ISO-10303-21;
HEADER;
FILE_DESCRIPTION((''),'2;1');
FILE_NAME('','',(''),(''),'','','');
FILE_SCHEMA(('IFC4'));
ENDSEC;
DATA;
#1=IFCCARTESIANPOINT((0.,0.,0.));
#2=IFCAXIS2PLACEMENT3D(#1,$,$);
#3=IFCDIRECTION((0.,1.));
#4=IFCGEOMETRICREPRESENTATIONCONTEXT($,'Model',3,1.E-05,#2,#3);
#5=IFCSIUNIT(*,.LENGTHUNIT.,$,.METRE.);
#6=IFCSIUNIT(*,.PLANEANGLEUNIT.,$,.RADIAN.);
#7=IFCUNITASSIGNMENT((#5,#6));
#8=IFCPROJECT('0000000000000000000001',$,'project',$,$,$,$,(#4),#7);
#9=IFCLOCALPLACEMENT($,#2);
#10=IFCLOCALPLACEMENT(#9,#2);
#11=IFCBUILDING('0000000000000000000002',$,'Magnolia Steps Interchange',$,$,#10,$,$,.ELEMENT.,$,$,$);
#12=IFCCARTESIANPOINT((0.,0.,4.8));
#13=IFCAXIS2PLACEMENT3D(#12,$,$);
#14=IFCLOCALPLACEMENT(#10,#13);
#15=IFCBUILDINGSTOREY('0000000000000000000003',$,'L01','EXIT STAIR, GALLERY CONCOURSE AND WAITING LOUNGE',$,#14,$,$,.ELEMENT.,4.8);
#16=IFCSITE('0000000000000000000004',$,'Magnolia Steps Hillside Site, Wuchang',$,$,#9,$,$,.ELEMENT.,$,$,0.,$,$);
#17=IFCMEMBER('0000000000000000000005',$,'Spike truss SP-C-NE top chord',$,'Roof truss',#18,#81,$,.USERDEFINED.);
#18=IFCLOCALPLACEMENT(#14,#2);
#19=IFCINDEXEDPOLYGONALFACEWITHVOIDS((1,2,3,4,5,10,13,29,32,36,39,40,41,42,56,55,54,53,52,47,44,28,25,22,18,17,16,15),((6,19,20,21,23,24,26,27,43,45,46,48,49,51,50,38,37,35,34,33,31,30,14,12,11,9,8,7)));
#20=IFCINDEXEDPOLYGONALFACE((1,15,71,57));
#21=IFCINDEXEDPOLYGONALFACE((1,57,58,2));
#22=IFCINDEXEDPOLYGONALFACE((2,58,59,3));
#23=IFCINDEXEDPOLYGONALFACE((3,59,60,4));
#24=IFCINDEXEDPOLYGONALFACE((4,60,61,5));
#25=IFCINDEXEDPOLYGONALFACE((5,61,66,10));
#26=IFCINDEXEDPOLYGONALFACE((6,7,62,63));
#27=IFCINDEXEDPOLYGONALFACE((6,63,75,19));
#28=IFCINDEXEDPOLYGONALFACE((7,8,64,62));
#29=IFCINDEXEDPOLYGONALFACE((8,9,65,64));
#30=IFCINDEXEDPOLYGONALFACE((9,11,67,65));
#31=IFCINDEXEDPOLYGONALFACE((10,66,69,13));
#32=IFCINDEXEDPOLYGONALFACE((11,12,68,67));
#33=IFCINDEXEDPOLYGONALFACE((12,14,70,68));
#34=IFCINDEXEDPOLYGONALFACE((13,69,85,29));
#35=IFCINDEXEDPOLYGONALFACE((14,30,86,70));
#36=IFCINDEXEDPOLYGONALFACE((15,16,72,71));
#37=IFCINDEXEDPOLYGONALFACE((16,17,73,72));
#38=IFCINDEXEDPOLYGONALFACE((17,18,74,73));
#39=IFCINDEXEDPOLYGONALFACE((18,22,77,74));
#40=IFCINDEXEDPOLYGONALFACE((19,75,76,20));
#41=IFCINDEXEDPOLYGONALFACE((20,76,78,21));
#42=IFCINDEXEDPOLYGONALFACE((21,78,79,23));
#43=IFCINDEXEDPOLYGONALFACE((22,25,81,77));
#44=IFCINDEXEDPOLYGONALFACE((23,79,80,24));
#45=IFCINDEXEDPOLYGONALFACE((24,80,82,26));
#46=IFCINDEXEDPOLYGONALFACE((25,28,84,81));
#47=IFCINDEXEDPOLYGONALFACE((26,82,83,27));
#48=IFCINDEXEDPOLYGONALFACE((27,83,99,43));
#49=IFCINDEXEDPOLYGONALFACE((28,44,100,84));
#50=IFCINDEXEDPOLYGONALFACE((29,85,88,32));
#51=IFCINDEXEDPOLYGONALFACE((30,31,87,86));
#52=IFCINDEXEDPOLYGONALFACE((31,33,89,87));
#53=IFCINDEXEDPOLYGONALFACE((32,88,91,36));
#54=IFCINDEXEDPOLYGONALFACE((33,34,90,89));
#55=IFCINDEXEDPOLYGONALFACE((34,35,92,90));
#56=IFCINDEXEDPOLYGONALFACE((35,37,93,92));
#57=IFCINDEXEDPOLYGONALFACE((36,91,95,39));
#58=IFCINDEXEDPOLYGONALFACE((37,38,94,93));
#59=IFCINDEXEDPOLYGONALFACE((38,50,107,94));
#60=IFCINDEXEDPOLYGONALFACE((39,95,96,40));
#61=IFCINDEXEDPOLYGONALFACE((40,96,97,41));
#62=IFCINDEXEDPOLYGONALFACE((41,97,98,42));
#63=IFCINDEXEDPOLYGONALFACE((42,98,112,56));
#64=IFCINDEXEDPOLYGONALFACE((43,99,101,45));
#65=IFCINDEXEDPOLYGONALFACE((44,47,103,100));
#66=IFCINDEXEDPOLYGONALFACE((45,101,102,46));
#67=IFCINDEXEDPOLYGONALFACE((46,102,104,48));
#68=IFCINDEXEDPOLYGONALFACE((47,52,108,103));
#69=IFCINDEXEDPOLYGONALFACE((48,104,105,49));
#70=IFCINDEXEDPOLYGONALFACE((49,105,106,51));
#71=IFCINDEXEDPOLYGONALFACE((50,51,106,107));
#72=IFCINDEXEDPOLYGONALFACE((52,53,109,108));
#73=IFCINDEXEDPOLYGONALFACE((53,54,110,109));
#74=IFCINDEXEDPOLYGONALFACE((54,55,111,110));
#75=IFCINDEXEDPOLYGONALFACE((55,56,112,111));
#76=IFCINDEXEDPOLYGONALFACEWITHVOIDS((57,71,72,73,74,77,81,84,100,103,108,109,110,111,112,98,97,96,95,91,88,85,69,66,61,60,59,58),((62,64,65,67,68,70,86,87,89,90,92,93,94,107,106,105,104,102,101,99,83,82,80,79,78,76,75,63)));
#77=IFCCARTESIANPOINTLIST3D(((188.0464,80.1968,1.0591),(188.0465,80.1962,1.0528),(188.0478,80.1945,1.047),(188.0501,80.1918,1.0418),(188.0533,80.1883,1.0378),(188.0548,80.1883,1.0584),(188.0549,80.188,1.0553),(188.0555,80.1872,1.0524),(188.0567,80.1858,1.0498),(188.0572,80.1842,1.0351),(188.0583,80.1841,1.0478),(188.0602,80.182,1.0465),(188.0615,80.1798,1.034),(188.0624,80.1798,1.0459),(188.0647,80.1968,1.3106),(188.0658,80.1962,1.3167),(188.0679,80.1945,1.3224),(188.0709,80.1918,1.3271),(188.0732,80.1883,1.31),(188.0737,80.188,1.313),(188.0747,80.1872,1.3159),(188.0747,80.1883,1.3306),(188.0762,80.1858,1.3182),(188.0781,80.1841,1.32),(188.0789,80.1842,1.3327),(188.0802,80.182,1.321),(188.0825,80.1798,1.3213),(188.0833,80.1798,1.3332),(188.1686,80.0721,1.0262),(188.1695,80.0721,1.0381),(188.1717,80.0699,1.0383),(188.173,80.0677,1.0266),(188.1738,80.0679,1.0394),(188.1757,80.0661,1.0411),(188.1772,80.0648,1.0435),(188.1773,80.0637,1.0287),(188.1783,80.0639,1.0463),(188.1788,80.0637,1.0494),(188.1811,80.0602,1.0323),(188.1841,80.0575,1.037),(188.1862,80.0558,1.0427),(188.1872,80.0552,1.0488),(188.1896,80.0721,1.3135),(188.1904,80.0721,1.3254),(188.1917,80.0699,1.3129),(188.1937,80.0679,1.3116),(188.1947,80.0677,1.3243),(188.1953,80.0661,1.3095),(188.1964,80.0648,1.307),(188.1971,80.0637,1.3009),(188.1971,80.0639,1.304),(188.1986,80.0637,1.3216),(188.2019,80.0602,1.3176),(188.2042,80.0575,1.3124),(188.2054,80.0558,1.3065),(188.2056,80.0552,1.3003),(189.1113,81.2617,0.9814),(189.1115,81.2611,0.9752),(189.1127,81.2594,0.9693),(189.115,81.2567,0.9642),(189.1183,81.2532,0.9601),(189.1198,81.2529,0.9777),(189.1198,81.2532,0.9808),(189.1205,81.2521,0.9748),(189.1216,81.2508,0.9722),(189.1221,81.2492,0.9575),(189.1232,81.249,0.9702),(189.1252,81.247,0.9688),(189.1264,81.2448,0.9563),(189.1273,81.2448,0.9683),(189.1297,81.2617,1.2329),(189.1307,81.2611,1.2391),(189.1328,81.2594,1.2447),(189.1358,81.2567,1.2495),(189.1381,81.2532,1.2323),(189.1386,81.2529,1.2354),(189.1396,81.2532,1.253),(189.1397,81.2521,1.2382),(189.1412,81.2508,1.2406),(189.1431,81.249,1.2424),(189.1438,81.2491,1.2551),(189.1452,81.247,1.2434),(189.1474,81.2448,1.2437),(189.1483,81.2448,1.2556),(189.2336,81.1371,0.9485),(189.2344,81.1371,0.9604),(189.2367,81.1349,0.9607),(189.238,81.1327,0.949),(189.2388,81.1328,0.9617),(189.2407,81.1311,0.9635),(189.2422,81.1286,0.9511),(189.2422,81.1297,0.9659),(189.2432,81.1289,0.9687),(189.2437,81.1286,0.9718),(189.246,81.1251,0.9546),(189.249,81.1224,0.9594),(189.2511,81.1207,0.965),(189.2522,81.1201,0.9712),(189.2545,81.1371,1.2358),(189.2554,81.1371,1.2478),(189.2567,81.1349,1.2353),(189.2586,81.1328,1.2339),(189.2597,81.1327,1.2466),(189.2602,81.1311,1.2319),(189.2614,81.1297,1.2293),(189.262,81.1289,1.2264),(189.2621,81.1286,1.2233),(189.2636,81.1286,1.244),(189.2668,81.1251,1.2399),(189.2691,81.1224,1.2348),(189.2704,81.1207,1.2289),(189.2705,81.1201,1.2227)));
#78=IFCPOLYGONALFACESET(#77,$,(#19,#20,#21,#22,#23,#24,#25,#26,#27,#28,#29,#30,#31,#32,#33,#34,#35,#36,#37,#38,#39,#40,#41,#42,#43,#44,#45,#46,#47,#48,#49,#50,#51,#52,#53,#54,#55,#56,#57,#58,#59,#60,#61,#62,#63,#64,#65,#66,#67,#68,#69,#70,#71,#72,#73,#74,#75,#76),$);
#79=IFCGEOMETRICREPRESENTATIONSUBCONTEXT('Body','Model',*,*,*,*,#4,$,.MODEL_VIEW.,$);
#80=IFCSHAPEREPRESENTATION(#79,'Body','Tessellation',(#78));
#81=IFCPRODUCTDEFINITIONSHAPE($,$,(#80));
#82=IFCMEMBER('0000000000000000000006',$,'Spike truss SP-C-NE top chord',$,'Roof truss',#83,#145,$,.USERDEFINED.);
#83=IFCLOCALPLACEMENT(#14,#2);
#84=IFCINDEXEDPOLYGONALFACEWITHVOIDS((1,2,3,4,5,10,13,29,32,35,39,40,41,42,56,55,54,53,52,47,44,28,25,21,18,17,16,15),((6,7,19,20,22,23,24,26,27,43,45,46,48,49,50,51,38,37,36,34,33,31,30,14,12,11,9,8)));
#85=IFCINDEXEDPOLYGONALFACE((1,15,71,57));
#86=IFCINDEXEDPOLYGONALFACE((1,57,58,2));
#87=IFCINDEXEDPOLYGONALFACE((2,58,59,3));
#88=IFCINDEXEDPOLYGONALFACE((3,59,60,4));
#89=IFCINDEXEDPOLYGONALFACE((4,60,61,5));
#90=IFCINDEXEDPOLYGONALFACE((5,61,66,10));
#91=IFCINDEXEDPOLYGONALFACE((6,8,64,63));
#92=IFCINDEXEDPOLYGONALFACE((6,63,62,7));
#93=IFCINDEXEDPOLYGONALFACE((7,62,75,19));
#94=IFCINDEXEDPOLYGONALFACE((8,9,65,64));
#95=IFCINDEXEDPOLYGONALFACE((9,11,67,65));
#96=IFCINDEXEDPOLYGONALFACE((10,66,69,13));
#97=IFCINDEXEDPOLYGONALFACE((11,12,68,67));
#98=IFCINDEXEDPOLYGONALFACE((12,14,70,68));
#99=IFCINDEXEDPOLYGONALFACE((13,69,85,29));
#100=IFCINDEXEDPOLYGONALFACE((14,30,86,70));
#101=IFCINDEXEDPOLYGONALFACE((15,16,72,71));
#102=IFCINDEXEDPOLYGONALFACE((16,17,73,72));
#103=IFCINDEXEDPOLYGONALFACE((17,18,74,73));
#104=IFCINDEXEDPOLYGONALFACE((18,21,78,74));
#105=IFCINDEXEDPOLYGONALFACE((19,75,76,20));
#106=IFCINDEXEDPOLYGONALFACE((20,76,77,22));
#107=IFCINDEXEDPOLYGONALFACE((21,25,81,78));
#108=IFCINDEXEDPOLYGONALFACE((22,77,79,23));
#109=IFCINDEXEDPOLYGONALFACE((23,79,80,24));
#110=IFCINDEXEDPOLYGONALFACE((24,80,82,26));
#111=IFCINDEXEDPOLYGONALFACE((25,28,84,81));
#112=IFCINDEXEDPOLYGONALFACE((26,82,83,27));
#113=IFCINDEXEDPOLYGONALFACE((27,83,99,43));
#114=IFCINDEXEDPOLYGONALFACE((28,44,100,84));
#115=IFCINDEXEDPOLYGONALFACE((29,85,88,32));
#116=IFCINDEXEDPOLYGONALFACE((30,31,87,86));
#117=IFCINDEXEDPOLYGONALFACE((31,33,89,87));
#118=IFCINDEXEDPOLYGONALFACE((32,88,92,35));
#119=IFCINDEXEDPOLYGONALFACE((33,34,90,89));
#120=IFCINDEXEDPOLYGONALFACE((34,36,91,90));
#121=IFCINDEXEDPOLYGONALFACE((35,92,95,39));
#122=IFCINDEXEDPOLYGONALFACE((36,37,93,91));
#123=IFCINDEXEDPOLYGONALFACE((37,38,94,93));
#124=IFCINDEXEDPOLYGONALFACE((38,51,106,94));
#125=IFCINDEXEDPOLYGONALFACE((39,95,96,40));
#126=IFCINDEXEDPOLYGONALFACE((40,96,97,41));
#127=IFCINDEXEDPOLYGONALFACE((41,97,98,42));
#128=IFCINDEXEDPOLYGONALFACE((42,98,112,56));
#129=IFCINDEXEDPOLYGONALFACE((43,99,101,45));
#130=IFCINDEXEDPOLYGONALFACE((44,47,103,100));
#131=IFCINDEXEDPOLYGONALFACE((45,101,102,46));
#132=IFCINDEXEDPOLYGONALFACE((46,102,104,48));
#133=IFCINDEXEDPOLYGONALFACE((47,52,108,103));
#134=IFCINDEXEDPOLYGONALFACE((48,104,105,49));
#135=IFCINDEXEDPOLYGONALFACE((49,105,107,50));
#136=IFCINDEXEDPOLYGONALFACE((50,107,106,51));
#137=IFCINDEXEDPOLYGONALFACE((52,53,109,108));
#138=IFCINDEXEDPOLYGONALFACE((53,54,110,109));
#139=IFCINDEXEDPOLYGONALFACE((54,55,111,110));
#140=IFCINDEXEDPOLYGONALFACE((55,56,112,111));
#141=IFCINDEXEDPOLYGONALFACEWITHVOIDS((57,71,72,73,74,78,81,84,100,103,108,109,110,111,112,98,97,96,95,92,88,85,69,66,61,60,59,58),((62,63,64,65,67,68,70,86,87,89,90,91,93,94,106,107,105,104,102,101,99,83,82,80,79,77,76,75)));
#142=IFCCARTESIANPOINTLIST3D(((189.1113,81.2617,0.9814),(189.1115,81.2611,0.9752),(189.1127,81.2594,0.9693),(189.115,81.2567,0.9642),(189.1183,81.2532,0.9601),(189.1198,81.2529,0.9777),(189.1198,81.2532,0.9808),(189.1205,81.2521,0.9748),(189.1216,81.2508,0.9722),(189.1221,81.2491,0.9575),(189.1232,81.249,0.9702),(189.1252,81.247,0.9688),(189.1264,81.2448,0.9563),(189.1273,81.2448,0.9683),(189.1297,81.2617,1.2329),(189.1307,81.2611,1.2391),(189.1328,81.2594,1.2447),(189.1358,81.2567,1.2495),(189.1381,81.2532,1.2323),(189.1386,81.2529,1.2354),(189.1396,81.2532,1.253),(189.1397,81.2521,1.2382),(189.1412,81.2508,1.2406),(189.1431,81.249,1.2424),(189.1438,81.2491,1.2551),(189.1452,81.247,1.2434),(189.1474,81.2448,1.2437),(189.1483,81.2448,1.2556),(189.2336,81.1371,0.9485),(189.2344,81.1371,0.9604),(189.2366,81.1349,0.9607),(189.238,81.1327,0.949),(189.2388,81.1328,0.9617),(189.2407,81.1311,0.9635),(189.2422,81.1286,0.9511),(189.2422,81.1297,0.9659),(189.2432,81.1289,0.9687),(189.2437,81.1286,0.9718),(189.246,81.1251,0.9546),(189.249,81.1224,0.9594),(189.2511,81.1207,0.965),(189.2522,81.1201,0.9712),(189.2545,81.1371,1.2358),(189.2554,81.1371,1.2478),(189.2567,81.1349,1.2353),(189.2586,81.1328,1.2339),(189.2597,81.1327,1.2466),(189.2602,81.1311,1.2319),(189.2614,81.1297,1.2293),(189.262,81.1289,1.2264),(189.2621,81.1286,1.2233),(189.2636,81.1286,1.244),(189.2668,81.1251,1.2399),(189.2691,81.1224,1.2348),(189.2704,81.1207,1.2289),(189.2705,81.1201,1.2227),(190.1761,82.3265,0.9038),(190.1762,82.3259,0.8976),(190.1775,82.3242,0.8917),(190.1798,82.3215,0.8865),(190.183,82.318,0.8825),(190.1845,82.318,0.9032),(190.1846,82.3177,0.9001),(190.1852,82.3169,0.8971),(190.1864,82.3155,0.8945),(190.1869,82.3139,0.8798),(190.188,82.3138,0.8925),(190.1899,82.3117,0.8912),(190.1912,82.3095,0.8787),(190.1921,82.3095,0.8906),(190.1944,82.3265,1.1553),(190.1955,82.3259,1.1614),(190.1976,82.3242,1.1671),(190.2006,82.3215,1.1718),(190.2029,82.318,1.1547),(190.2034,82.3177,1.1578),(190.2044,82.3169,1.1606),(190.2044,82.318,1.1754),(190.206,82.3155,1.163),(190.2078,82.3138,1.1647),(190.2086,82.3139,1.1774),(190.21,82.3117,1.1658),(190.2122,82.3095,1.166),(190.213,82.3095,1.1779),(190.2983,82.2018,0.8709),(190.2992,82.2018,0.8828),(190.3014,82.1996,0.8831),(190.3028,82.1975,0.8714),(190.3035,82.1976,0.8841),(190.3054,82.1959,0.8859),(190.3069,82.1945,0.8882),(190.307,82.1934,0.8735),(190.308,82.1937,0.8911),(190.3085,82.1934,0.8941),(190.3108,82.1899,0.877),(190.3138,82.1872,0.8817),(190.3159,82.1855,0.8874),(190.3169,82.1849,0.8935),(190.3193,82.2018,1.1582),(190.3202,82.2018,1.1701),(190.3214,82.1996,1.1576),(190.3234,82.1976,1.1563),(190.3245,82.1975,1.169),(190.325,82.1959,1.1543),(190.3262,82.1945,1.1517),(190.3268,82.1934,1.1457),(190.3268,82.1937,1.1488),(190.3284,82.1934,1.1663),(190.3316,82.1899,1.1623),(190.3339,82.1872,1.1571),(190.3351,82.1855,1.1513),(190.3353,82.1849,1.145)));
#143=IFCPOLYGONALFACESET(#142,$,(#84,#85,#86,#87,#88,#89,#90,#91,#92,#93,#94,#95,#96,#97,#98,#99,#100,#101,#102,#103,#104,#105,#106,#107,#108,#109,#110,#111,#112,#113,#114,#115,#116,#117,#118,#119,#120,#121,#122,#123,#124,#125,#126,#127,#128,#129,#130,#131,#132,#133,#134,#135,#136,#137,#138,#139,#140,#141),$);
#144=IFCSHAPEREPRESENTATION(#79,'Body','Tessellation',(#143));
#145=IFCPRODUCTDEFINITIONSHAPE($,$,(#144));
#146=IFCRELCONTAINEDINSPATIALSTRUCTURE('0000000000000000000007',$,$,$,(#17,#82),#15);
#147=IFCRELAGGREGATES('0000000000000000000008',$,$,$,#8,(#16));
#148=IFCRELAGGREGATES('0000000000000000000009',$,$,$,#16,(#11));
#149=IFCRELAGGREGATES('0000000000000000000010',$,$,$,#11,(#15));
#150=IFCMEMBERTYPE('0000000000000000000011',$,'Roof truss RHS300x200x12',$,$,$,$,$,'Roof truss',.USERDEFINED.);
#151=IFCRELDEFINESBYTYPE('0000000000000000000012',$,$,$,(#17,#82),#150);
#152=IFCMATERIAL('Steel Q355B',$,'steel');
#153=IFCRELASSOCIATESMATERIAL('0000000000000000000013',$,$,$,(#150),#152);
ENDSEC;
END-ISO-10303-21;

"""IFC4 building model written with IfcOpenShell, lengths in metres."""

from ifc_helpers import new_model, si_unit, direction, frame, origin, origin_2d, place, context, subcontext, project, spatial, hollow_rectangle, extrude, material, material_profile, profile_set, type_object, element, save


model = new_model("IFC4")

# Units and contexts
model_context = context("Model", 3, precision=1e-05, world=origin(), true_north=direction((0.0, 1.0)))
body_context = subcontext(model_context, "Body", "Model", "MODEL_VIEW")
ifc_project = project(units=[si_unit("LENGTHUNIT", "METRE"), si_unit("PLANEANGLEUNIT", "RADIAN")], contexts=[model_context])

# Site, building, storey
site_placement = place(None, origin())
site = spatial("IfcSite", under=ifc_project, at=site_placement, Name="Magnolia Steps Hillside Site, Wuchang", CompositionType="ELEMENT", RefElevation=0.0)
building_placement = place(site_placement, origin())
building = spatial("IfcBuilding", under=site, at=building_placement, Name="Magnolia Steps Interchange", CompositionType="ELEMENT")
storey_placement = place(building_placement, frame((0.0, 0.0, 4.8)))
storey = spatial("IfcBuildingStorey", under=building, at=storey_placement, Name="L01", Description="EXIT STAIR, GALLERY CONCOURSE AND WAITING LOUNGE", CompositionType="ELEMENT", Elevation=4.8)

# Members
ifc_material_1 = material(Name="Steel Q355B", Category="steel")
ifc_material_profile_1 = material_profile(ifc_material_1, hollow_rectangle(XDim=0.2, YDim=0.3, WallThickness=0.012, InnerFilletRadius=0.012, OuterFilletRadius=0.0239, at=origin_2d()), Name="RHS300x200x12")
ifc_profile_set_1 = profile_set([ifc_material_profile_1], Name="Steel Q355B")
member_type_1 = type_object("IfcMemberType", Name="Roof truss RHS300x200x12", ElementType="Roof truss", PredefinedType="USERDEFINED", material=ifc_profile_set_1)
for number, where, z_axis, x_axis, name in (
    (1, (188.126, 80.126, 1.1797), (0.706169, 0.706169, -0.051481), (-0.704299, 0.708043, 0.051355), "Spike truss SP-C-NE top chord"),
):
    element("IfcMember", number, at=place(storey_placement, frame(where, z_axis=z_axis, x_axis=x_axis)), inside=storey, type_object=member_type_1, Name=name, ObjectType="Roof truss", PredefinedType="USERDEFINED", context=body_context, shape_type="SweptSolid", body=[
        extrude(hollow_rectangle(XDim=0.2, YDim=0.3, WallThickness=0.012, InnerFilletRadius=0.012, OuterFilletRadius=0.0239, at=origin_2d()), origin(), (0.0, 0.0, 1.0), 1.5081),
    ])
member_1_placement = place(storey_placement, frame((189.1909, 81.1909, 1.1021), z_axis=(0.706169, 0.706169, -0.051493), x_axis=(-0.704299, 0.708044, 0.051355)))
element("IfcMember", 2, at=member_1_placement, inside=storey, type_object=member_type_1, Name="Spike truss SP-C-NE top chord", ObjectType="Roof truss", PredefinedType="USERDEFINED", context=body_context, shape_type="SweptSolid", body=[
    extrude(hollow_rectangle(XDim=0.2, YDim=0.3, WallThickness=0.012, InnerFilletRadius=0.012, OuterFilletRadius=0.0239, at=origin_2d()), origin(), (0.0, 0.0, 1.0), 1.5078),
])

save(model, "model.ifc")
